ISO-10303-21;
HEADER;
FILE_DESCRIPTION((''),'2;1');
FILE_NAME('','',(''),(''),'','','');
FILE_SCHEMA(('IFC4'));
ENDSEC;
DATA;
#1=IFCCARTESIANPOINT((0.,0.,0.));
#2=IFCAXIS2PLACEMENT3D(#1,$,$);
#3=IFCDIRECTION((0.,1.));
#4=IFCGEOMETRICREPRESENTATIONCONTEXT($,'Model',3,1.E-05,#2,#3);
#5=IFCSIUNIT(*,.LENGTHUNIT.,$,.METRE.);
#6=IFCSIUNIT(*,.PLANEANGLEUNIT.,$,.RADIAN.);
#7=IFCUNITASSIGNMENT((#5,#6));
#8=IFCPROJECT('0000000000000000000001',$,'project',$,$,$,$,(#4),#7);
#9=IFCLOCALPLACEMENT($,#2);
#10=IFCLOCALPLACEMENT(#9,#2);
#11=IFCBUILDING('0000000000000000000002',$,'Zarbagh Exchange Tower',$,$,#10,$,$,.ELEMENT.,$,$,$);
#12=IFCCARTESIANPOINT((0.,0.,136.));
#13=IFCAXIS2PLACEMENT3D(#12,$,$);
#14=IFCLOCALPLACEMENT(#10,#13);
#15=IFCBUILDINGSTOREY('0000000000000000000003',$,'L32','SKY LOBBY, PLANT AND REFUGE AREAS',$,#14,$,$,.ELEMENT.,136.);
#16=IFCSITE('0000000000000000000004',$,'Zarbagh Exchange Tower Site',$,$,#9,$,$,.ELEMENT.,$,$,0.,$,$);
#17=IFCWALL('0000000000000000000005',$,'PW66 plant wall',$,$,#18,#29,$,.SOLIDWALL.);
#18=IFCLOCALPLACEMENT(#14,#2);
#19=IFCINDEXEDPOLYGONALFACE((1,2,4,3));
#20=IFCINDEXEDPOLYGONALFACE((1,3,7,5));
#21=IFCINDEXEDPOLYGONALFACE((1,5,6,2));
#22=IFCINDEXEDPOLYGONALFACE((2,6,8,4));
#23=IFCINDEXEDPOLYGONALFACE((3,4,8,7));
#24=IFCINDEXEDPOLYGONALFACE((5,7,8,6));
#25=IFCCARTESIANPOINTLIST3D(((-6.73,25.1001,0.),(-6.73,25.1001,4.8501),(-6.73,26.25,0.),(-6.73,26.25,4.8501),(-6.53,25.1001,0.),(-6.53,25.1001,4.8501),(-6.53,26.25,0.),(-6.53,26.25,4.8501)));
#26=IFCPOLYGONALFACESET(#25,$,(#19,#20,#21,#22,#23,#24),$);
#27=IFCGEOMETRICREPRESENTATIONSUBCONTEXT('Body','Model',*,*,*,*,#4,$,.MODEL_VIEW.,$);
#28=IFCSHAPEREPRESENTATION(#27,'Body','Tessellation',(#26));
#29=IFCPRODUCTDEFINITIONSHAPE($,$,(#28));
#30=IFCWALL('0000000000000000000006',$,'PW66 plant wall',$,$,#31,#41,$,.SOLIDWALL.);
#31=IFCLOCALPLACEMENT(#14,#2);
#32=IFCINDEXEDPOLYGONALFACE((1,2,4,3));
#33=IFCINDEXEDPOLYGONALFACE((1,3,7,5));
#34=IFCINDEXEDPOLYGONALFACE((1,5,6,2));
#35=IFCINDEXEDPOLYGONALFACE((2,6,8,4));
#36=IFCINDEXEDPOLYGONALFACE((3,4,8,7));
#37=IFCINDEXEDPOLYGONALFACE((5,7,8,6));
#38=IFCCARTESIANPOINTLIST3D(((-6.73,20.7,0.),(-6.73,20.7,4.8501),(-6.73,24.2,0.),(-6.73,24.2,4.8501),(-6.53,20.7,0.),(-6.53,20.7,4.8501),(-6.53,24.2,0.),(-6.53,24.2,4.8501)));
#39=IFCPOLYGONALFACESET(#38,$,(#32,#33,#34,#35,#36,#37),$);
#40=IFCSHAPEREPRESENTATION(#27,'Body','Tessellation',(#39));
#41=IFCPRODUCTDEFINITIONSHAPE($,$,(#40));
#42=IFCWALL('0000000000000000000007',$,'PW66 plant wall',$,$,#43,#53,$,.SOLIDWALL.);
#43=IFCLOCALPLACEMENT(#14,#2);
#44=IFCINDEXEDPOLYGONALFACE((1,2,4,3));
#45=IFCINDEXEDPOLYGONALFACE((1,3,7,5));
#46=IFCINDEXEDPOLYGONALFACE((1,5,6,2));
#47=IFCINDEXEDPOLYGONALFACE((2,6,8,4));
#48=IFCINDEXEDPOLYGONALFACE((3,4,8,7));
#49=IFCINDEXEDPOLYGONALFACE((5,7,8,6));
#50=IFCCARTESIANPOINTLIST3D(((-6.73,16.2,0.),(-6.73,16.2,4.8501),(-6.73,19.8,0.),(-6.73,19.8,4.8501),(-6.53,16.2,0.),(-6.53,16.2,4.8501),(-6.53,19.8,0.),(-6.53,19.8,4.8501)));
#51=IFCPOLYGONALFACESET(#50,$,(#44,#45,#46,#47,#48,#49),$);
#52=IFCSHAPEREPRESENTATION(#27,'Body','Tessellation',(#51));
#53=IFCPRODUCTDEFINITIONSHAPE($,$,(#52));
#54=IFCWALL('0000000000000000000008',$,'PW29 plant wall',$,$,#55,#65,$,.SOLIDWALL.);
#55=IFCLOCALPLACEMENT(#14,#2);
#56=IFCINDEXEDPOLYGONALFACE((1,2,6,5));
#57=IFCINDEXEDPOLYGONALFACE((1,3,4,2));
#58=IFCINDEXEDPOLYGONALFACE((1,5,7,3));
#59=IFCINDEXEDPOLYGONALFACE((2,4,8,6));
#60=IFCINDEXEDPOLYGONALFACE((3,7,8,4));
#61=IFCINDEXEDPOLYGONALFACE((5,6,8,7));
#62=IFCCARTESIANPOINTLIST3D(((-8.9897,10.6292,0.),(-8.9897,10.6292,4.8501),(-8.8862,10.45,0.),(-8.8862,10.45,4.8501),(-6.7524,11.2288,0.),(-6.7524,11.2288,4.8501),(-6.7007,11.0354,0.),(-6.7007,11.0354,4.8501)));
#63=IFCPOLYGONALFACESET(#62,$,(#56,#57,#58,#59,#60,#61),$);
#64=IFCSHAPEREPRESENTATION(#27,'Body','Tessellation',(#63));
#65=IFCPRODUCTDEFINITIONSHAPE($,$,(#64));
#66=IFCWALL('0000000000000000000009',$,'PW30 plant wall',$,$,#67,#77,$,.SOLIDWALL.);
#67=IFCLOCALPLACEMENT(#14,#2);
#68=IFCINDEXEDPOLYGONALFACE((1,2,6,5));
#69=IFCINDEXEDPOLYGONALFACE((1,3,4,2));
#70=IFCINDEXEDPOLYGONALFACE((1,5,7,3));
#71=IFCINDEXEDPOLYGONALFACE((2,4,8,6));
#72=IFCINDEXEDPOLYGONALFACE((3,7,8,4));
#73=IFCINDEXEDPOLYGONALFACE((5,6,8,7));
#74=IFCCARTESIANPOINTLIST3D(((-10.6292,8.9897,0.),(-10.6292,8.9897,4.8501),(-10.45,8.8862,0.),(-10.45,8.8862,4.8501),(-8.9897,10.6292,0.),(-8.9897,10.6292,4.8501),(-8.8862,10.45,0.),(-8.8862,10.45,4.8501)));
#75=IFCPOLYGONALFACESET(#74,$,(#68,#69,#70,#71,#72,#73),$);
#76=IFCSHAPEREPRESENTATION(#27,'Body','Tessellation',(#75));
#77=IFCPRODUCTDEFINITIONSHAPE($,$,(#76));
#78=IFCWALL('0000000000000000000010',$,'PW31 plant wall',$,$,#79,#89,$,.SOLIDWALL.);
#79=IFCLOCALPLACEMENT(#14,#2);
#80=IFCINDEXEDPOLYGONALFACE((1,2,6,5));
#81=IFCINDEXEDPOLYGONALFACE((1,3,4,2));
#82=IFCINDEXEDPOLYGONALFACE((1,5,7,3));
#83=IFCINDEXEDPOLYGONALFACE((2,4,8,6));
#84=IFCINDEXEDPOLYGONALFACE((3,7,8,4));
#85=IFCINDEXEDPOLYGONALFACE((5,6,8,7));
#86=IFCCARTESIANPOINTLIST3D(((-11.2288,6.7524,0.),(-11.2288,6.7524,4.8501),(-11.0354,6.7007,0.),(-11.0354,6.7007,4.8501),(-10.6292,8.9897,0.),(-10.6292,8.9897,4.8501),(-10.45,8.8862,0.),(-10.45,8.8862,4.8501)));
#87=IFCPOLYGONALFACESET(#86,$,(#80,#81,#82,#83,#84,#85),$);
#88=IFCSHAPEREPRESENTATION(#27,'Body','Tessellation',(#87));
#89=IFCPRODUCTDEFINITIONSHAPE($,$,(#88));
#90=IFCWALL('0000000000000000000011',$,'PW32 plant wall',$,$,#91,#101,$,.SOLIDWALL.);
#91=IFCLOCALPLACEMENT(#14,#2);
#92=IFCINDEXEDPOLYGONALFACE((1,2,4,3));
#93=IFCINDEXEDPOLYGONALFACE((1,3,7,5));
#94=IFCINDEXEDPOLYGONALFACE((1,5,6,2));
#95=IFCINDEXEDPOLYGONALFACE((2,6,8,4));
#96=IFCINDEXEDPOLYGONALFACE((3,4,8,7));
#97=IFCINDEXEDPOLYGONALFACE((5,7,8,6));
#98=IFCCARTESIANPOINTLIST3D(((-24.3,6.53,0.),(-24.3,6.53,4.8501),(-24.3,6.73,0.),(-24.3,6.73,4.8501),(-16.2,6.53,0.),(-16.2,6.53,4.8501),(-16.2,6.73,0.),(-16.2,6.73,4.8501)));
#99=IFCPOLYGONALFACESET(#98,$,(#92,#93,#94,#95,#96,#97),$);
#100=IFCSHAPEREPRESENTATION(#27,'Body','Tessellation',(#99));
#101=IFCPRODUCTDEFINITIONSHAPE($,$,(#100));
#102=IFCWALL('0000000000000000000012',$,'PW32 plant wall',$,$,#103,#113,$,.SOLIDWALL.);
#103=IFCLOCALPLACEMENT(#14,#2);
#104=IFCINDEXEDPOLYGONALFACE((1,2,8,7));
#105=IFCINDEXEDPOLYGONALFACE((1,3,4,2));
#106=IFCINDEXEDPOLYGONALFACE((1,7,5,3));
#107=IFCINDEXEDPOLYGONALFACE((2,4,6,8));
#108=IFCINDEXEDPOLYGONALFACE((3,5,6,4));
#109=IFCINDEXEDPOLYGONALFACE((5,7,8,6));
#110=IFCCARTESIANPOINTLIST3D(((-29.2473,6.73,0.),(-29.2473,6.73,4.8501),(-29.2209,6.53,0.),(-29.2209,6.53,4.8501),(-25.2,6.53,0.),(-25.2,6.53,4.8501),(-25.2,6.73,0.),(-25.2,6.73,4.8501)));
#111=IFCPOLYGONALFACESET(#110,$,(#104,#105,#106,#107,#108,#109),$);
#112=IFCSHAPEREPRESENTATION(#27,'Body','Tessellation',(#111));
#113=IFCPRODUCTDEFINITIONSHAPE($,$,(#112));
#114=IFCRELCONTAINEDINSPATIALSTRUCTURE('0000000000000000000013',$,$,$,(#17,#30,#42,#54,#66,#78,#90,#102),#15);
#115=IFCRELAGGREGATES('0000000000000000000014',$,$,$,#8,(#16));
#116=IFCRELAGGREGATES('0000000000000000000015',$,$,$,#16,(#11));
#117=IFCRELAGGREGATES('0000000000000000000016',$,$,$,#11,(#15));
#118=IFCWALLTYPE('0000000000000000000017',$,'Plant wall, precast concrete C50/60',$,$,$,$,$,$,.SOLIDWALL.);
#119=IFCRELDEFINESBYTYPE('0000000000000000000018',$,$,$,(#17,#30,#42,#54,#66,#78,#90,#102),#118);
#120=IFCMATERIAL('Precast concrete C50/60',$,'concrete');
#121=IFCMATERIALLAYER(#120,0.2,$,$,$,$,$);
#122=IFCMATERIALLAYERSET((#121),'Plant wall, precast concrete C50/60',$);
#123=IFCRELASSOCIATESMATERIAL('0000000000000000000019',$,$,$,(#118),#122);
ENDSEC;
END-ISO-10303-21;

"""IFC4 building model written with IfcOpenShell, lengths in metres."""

from ifc_helpers import new_model, si_unit, direction, frame, origin, place, context, subcontext, project, spatial, polyline, outline, extrude, material, layer, layer_set, type_object, element, save


model = new_model("IFC4")

# Units and contexts
model_context = context("Model", 3, precision=1e-05, world=origin(), true_north=direction((0.0, 1.0)))
body_context = subcontext(model_context, "Body", "Model", "MODEL_VIEW")
ifc_project = project(units=[si_unit("LENGTHUNIT", "METRE"), si_unit("PLANEANGLEUNIT", "RADIAN")], contexts=[model_context])

# Site, building, storey
site_placement = place(None, origin())
site = spatial("IfcSite", under=ifc_project, at=site_placement, Name="Zarbagh Exchange Tower Site", CompositionType="ELEMENT", RefElevation=0.0)
building_placement = place(site_placement, origin())
building = spatial("IfcBuilding", under=site, at=building_placement, Name="Zarbagh Exchange Tower", CompositionType="ELEMENT")
storey_placement = place(building_placement, frame((0.0, 0.0, 136.0)))
storey = spatial("IfcBuildingStorey", under=building, at=storey_placement, Name="L32", Description="SKY LOBBY, PLANT AND REFUGE AREAS", CompositionType="ELEMENT", Elevation=136.0)

# Walls
ifc_material_1 = material(Name="Precast concrete C50/60", Category="concrete")
ifc_layer_1 = layer(ifc_material_1, 0.2)
ifc_layer_set_1 = layer_set([ifc_layer_1], Name="Plant wall, precast concrete C50/60")
wall_type_1 = type_object("IfcWallType", Name="Plant wall, precast concrete C50/60", PredefinedType="SOLIDWALL", material=ifc_layer_set_1)
wall_1_placement = place(storey_placement, origin())
element("IfcWall", 1, at=wall_1_placement, inside=storey, type_object=wall_type_1, Name="PW66 plant wall", PredefinedType="SOLIDWALL", context=body_context, shape_type="SweptSolid", body=[
    extrude(outline(polyline([(-6.73, 26.25), (-6.73, 25.1001), (-6.53, 25.1001), (-6.53, 26.25), (-6.73, 26.25)])), origin(), (0.0, 0.0, 1.0), 4.8501),
])
wall_2_placement = place(storey_placement, origin())
element("IfcWall", 2, at=wall_2_placement, inside=storey, type_object=wall_type_1, Name="PW66 plant wall", PredefinedType="SOLIDWALL", context=body_context, shape_type="SweptSolid", body=[
    extrude(outline(polyline([(-6.73, 24.2), (-6.73, 20.7), (-6.53, 20.7), (-6.53, 24.2), (-6.73, 24.2)])), origin(), (0.0, 0.0, 1.0), 4.8501),
])
wall_3_placement = place(storey_placement, origin())
element("IfcWall", 3, at=wall_3_placement, inside=storey, type_object=wall_type_1, Name="PW66 plant wall", PredefinedType="SOLIDWALL", context=body_context, shape_type="SweptSolid", body=[
    extrude(outline(polyline([(-6.73, 19.8), (-6.73, 16.2), (-6.53, 16.2), (-6.53, 19.8), (-6.73, 19.8)])), origin(), (0.0, 0.0, 1.0), 4.8501),
])
wall_4_placement = place(storey_placement, origin())
element("IfcWall", 4, at=wall_4_placement, inside=storey, type_object=wall_type_1, Name="PW29 plant wall", PredefinedType="SOLIDWALL", context=body_context, shape_type="SweptSolid", body=[
    extrude(outline(polyline([(-6.7524, 11.2288), (-8.9897, 10.6292), (-8.8862, 10.45), (-6.7007, 11.0354), (-6.7524, 11.2288)])), origin(), (0.0, 0.0, 1.0), 4.8501),
])
wall_5_placement = place(storey_placement, origin())
element("IfcWall", 5, at=wall_5_placement, inside=storey, type_object=wall_type_1, Name="PW30 plant wall", PredefinedType="SOLIDWALL", context=body_context, shape_type="SweptSolid", body=[
    extrude(outline(polyline([(-8.9897, 10.6292), (-10.6292, 8.9897), (-10.45, 8.8862), (-8.8862, 10.45), (-8.9897, 10.6292)])), origin(), (0.0, 0.0, 1.0), 4.8501),
])
wall_6_placement = place(storey_placement, origin())
element("IfcWall", 6, at=wall_6_placement, inside=storey, type_object=wall_type_1, Name="PW31 plant wall", PredefinedType="SOLIDWALL", context=body_context, shape_type="SweptSolid", body=[
    extrude(outline(polyline([(-10.6292, 8.9897), (-11.2288, 6.7524), (-11.0354, 6.7007), (-10.45, 8.8862), (-10.6292, 8.9897)])), origin(), (0.0, 0.0, 1.0), 4.8501),
])
wall_7_placement = place(storey_placement, origin())
element("IfcWall", 7, at=wall_7_placement, inside=storey, type_object=wall_type_1, Name="PW32 plant wall", PredefinedType="SOLIDWALL", context=body_context, shape_type="SweptSolid", body=[
    extrude(outline(polyline([(-16.2, 6.73), (-24.3, 6.73), (-24.3, 6.53), (-16.2, 6.53), (-16.2, 6.73)])), origin(), (0.0, 0.0, 1.0), 4.8501),
])
wall_8_placement = place(storey_placement, origin())
element("IfcWall", 8, at=wall_8_placement, inside=storey, type_object=wall_type_1, Name="PW32 plant wall", PredefinedType="SOLIDWALL", context=body_context, shape_type="SweptSolid", body=[
    extrude(outline(polyline([(-25.2, 6.73), (-29.2473, 6.73), (-29.2209, 6.53), (-25.2, 6.53), (-25.2, 6.73)])), origin(), (0.0, 0.0, 1.0), 4.8501),
])

save(model, "model.ifc")
